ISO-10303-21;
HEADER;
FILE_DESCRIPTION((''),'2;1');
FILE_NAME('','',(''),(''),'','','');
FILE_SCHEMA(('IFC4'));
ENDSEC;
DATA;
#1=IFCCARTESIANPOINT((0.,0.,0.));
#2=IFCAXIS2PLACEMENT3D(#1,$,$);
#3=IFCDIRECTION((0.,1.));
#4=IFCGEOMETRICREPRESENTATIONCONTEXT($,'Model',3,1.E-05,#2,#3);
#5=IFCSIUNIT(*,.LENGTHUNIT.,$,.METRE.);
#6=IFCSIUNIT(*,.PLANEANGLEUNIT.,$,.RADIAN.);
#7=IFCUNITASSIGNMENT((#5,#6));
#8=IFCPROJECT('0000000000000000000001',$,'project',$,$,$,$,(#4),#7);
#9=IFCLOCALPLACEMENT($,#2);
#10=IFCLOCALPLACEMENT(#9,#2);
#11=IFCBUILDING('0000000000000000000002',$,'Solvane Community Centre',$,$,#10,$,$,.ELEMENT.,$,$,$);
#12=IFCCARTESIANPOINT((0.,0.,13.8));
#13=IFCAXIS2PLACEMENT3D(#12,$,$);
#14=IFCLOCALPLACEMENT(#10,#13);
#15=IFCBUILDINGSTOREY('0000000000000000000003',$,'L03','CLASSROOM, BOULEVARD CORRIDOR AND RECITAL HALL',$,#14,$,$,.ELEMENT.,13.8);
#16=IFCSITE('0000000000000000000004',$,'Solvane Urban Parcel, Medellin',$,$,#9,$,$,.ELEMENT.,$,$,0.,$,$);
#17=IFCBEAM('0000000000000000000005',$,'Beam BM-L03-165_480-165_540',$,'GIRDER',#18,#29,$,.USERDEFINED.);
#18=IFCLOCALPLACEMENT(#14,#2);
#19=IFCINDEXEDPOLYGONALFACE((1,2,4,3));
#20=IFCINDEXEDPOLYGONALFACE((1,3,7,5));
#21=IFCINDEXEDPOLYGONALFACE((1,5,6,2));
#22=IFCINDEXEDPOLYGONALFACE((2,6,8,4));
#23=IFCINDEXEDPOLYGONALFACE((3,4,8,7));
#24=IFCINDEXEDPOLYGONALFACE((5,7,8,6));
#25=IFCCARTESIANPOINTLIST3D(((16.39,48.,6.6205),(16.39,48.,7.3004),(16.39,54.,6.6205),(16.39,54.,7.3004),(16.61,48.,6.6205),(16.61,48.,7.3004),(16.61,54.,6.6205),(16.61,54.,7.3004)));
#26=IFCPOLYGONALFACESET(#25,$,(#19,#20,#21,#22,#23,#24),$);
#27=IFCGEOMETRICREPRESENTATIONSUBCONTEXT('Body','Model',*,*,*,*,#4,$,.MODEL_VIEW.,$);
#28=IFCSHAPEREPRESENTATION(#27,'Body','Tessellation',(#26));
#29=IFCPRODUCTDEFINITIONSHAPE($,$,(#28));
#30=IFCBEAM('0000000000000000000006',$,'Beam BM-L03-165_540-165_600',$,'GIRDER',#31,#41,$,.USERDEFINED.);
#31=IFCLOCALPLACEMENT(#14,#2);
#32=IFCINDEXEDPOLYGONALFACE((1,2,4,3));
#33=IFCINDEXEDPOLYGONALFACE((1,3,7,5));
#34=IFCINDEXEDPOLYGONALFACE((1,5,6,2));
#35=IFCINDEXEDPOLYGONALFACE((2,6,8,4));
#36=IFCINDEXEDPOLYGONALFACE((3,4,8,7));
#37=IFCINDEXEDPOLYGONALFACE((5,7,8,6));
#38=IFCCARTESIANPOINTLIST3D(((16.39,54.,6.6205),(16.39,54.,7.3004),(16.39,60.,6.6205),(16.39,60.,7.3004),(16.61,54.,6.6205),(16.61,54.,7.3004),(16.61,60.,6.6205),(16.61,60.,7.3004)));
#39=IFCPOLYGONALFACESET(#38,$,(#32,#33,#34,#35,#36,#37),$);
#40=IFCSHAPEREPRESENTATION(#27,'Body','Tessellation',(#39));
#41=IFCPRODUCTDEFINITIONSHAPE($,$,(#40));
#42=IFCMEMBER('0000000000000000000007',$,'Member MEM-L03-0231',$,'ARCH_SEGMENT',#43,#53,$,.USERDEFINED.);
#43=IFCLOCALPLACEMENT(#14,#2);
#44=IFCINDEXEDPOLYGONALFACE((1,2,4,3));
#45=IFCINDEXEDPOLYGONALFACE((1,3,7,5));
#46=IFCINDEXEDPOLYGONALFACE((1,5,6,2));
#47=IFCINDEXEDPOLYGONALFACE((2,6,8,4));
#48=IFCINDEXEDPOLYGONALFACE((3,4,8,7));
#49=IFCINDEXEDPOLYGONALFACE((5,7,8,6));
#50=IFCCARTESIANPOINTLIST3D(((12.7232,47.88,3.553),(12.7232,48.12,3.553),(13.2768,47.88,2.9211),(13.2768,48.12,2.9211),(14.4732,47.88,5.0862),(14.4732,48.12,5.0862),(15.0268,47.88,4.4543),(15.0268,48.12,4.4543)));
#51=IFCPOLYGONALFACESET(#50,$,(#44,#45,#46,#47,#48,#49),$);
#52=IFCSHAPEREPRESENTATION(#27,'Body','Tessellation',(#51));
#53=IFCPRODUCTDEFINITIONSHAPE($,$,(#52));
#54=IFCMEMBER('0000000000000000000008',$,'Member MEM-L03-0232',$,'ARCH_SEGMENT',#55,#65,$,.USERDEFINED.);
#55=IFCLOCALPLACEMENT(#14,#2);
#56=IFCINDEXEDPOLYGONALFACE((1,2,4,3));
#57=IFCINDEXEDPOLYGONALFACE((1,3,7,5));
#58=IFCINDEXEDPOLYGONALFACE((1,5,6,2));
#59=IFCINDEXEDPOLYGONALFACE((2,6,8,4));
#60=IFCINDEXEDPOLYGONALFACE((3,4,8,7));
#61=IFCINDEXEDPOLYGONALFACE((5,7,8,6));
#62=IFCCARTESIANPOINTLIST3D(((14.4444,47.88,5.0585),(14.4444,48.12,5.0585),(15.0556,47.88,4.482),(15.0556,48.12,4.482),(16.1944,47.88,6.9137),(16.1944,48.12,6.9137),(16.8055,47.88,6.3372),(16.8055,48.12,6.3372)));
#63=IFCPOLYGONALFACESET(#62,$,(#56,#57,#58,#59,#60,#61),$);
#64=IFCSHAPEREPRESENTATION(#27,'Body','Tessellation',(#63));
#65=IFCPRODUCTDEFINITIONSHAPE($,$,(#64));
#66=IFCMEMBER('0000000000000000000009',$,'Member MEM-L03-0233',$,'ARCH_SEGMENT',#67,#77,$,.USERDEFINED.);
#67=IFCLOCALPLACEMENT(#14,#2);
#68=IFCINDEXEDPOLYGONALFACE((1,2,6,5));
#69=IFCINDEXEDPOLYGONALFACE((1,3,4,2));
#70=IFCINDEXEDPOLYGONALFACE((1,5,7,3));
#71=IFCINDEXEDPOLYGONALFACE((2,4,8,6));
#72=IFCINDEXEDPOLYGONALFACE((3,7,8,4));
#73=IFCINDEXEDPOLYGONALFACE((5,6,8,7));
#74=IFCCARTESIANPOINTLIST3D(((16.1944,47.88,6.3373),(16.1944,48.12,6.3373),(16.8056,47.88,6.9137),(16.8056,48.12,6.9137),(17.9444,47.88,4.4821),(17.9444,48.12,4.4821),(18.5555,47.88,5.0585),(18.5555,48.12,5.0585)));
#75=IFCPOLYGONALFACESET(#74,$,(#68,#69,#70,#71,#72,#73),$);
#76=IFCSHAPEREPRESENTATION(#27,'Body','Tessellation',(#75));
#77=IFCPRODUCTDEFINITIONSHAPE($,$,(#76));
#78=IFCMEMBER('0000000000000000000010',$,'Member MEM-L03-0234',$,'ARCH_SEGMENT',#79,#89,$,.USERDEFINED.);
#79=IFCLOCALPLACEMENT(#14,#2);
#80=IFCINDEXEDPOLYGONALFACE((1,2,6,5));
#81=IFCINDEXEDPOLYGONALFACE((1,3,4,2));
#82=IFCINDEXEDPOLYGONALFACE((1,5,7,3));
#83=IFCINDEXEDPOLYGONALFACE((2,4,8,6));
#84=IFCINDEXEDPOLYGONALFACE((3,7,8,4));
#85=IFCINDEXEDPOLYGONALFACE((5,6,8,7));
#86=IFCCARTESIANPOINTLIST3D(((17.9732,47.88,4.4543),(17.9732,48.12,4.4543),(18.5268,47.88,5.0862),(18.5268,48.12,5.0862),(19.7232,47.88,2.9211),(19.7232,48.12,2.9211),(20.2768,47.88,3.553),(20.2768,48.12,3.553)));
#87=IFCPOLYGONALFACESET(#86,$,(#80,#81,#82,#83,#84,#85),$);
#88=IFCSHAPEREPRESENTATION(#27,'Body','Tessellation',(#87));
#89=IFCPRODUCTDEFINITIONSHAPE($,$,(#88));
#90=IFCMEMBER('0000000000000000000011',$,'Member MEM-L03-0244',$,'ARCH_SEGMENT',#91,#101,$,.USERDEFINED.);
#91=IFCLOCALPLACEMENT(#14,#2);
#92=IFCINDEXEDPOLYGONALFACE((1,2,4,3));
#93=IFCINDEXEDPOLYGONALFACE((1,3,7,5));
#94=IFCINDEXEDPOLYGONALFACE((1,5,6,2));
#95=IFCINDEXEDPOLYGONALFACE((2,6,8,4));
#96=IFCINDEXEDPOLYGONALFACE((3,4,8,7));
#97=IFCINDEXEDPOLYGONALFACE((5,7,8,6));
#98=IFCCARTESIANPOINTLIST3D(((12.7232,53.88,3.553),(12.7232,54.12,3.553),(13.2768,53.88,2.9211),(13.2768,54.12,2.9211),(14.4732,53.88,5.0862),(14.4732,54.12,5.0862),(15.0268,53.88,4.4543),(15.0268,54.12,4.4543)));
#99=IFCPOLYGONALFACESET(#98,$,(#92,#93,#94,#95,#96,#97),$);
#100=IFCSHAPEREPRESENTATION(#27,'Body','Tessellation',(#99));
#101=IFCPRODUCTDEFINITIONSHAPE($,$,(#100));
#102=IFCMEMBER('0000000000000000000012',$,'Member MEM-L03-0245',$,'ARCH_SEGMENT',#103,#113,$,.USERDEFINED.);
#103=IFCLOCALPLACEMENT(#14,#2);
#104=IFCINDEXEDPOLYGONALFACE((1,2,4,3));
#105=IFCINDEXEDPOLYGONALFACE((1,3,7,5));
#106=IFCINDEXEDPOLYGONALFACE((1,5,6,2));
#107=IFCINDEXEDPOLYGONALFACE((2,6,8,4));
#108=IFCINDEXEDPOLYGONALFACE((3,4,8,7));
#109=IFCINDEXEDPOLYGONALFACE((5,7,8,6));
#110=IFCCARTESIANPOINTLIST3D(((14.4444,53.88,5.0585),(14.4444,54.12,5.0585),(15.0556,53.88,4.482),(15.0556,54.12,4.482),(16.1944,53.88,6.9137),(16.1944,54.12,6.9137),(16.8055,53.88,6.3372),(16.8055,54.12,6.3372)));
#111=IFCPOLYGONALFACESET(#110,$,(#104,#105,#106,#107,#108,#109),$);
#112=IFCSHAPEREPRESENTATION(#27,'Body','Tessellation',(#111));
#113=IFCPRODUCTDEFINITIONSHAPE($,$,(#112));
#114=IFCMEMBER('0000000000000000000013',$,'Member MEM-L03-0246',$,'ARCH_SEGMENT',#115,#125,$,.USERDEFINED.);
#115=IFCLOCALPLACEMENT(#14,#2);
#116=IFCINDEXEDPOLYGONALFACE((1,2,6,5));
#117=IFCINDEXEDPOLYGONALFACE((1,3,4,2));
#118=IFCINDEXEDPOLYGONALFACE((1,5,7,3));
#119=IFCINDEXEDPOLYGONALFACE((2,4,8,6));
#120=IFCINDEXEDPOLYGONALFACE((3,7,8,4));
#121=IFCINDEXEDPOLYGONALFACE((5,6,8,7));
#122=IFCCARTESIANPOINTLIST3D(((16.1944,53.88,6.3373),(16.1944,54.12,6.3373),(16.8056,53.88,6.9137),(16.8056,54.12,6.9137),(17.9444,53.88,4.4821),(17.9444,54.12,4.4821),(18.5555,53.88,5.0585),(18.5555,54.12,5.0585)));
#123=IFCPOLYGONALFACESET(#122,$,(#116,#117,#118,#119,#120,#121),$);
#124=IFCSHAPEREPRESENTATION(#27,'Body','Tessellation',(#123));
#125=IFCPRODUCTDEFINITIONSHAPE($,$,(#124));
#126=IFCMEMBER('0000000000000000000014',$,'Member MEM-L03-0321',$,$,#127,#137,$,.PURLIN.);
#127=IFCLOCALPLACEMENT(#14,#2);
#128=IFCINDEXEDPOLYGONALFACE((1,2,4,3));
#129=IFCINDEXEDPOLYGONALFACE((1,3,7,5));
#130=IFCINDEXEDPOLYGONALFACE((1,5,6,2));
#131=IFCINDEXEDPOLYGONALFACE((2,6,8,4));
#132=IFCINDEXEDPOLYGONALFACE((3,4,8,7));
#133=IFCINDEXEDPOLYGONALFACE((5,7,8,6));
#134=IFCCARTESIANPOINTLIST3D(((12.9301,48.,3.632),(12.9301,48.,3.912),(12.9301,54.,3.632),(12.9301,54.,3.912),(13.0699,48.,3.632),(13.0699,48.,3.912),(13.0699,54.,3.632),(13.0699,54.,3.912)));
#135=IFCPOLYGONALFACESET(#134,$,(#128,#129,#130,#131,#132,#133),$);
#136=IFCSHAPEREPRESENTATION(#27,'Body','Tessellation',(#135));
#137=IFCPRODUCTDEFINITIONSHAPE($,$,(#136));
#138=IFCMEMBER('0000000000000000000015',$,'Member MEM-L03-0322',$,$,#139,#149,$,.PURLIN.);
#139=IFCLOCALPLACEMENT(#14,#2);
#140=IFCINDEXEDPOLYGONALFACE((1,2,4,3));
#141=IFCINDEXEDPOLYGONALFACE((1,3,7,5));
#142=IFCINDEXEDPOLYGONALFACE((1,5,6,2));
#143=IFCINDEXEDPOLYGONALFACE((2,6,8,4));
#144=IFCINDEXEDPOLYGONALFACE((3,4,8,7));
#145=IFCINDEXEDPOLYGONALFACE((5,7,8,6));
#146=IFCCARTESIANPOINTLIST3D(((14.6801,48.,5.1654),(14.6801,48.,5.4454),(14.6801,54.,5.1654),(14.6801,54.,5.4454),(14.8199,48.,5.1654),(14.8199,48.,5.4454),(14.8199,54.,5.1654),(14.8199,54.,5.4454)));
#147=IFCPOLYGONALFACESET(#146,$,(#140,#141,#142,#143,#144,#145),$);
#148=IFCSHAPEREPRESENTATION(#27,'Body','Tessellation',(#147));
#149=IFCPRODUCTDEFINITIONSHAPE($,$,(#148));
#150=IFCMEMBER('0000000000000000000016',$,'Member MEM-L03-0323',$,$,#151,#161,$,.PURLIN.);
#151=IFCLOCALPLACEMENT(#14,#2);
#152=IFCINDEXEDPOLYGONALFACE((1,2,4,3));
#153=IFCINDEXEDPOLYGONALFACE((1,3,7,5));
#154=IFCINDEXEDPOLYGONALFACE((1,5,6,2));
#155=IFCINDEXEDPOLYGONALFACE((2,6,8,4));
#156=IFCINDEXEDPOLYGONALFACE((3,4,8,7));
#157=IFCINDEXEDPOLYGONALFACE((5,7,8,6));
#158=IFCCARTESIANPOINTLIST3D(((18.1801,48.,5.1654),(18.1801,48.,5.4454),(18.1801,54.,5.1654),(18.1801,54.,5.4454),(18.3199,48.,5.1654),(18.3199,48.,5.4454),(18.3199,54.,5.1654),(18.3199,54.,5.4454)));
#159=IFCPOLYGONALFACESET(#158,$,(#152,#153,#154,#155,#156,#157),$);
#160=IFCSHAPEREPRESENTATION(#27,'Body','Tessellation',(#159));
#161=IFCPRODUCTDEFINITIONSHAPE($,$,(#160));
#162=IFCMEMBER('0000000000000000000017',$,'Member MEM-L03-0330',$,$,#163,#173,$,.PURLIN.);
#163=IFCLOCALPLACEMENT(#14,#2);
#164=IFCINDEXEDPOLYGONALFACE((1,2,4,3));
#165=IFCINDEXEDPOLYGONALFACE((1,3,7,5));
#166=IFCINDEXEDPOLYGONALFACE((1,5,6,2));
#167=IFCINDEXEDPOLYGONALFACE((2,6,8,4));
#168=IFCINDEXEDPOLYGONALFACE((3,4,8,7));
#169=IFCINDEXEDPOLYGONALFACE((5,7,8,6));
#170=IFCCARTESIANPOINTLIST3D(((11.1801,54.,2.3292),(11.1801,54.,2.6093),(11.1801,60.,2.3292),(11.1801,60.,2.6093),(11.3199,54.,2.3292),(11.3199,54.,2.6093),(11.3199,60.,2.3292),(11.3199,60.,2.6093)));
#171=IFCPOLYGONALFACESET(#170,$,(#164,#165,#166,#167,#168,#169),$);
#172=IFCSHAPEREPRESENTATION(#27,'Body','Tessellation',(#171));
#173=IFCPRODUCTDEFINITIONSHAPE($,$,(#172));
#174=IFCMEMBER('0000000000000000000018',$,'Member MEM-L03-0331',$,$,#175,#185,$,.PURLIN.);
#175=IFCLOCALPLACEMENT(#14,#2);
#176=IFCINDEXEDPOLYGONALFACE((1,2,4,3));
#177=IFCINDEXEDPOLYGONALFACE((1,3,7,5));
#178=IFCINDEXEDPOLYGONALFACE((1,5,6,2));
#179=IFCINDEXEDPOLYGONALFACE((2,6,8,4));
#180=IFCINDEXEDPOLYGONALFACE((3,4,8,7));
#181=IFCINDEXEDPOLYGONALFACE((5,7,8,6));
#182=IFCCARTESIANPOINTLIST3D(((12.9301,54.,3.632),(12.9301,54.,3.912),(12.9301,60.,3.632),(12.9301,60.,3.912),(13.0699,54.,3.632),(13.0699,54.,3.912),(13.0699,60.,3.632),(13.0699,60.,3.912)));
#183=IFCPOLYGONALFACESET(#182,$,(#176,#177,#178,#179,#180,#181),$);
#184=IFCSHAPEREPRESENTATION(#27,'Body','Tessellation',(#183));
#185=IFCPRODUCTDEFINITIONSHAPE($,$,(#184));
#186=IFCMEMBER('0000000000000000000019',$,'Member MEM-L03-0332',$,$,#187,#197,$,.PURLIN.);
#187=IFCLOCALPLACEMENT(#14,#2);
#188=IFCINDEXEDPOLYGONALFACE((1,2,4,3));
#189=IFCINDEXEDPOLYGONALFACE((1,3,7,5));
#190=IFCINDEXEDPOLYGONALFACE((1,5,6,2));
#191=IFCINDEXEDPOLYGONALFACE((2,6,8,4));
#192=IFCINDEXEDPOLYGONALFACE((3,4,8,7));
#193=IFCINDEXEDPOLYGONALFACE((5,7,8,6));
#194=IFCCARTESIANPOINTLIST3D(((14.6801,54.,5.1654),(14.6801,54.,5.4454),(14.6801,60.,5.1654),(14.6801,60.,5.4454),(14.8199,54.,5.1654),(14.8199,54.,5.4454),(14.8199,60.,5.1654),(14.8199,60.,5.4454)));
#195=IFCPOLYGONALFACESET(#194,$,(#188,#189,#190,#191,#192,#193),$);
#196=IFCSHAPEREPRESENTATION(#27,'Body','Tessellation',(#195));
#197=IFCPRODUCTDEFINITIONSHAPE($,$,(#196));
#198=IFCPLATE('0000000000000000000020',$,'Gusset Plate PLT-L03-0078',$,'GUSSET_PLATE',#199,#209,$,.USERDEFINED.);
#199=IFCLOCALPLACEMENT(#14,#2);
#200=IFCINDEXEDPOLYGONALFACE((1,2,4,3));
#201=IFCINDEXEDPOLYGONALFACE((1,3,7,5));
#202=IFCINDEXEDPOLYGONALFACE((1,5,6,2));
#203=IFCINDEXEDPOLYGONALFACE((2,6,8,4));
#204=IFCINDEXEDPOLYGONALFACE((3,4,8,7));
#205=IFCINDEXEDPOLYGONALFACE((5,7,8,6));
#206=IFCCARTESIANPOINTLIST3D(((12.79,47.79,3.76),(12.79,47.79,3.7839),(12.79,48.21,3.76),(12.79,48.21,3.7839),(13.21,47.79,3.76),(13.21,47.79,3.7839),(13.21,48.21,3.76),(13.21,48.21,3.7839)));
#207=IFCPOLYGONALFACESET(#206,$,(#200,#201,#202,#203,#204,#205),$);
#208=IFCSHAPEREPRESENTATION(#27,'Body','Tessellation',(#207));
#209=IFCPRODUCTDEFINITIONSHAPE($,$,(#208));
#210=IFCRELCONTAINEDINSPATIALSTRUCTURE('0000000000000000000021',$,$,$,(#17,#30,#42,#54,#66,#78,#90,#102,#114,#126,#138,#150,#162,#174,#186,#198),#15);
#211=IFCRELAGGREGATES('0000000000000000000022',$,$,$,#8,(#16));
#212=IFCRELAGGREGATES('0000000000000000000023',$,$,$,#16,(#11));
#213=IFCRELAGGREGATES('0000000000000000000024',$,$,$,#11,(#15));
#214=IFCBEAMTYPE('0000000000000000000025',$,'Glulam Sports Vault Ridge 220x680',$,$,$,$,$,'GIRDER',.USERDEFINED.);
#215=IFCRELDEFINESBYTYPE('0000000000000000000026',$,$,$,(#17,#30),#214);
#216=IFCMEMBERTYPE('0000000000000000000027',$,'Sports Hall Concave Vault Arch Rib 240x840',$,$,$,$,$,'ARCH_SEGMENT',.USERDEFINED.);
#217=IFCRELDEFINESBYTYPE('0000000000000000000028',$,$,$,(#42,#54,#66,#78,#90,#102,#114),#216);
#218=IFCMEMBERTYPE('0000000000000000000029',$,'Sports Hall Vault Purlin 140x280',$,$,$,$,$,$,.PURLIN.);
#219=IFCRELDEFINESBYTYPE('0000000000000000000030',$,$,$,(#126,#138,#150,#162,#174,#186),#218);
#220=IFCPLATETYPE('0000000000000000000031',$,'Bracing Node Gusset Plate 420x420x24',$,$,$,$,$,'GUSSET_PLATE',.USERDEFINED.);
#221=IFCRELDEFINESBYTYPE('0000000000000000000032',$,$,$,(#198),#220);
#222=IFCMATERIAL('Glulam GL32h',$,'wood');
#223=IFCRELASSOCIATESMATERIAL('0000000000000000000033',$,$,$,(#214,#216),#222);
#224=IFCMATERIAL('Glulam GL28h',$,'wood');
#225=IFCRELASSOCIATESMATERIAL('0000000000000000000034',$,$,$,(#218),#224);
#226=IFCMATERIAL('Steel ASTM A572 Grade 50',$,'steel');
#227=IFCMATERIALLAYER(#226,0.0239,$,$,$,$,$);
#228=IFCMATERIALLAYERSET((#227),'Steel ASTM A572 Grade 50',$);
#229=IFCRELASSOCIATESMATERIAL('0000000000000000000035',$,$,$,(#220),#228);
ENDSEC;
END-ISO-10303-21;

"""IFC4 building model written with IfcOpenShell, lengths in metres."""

from ifc_helpers import new_model, si_unit, direction, frame, origin, origin_2d, place, context, subcontext, project, spatial, rectangle, extrude, material, layer, layer_set, material_profile, profile_set, type_object, element, save


model = new_model("IFC4")

# Units and contexts
model_context = context("Model", 3, precision=1e-05, world=origin(), true_north=direction((0.0, 1.0)))
body_context = subcontext(model_context, "Body", "Model", "MODEL_VIEW")
ifc_project = project(units=[si_unit("LENGTHUNIT", "METRE"), si_unit("PLANEANGLEUNIT", "RADIAN")], contexts=[model_context])

# Site, building, storey
site_placement = place(None, origin())
site = spatial("IfcSite", under=ifc_project, at=site_placement, Name="Solvane Urban Parcel, Medellin", CompositionType="ELEMENT", RefElevation=0.0)
building_placement = place(site_placement, origin())
building = spatial("IfcBuilding", under=site, at=building_placement, Name="Solvane Community Centre", CompositionType="ELEMENT")
storey_placement = place(building_placement, frame((0.0, 0.0, 13.8)))
storey = spatial("IfcBuildingStorey", under=building, at=storey_placement, Name="L03", Description="CLASSROOM, BOULEVARD CORRIDOR AND RECITAL HALL", CompositionType="ELEMENT", Elevation=13.8)

# Beams
ifc_material_1 = material(Name="Glulam GL32h", Category="wood")
ifc_material_profile_1 = material_profile(ifc_material_1, rectangle(XDim=0.22, YDim=0.6799, at=origin_2d()), Name="GL32h 220x680")
ifc_profile_set_1 = profile_set([ifc_material_profile_1], Name="Glulam GL32h")
beam_type = type_object("IfcBeamType", Name="Glulam Sports Vault Ridge 220x680", ElementType="GIRDER", PredefinedType="USERDEFINED", material=ifc_profile_set_1)
for number, where, z_axis, x_axis, name in (
    (1, (16.5, 48.0, 6.9604), (0.0, 1.0, 0.0), (-1.0, 0.0, 0.0), "Beam BM-L03-165_480-165_540"),
    (2, (16.5, 54.0, 6.9604), (0.0, 1.0, 0.0), (-1.0, 0.0, 0.0), "Beam BM-L03-165_540-165_600"),
):
    element("IfcBeam", number, at=place(storey_placement, frame(where, z_axis=z_axis, x_axis=x_axis)), inside=storey, type_object=beam_type, Name=name, ObjectType="GIRDER", PredefinedType="USERDEFINED", context=body_context, shape_type="SweptSolid", body=[
        extrude(rectangle(XDim=0.22, YDim=0.6799, at=origin_2d()), origin(), (0.0, 0.0, 1.0), 6.0),
    ])

# Members
ifc_material_profile_2 = material_profile(ifc_material_1, rectangle(XDim=0.24, YDim=0.8401, at=origin_2d()), Name="GL32h 240x840")
ifc_profile_set_2 = profile_set([ifc_material_profile_2], Name="Glulam GL32h")
member_type_1 = type_object("IfcMemberType", Name="Sports Hall Concave Vault Arch Rib 240x840", ElementType="ARCH_SEGMENT", PredefinedType="USERDEFINED", material=ifc_profile_set_2)
member_placement = place(storey_placement, frame((13.0, 48.0, 3.2371), z_axis=(0.752161, 0.0, 0.65898), x_axis=(0.0, 1.0, 0.0)))
element("IfcMember", 3, at=member_placement, inside=storey, type_object=member_type_1, Name="Member MEM-L03-0231", ObjectType="ARCH_SEGMENT", PredefinedType="USERDEFINED", context=body_context, shape_type="SweptSolid", body=[
    extrude(rectangle(XDim=0.24, YDim=0.8401, at=origin_2d()), origin(), (0.0, 0.0, 1.0), 2.3267),
])
for number, where, z_axis, x_axis, name in (
    (4, (14.75, 48.0, 4.7703), (0.686176, 0.0, 0.727435), (0.0, 1.0, 0.0), "Member MEM-L03-0232"),
    (5, (16.5, 48.0, 6.6255), (0.686176, 0.0, -0.727435), (0.0, 1.0, 0.0), "Member MEM-L03-0233"),
):
    element("IfcMember", number, at=place(storey_placement, frame(where, z_axis=z_axis, x_axis=x_axis)), inside=storey, type_object=member_type_1, Name=name, ObjectType="ARCH_SEGMENT", PredefinedType="USERDEFINED", context=body_context, shape_type="SweptSolid", body=[
        extrude(rectangle(XDim=0.24, YDim=0.8401, at=origin_2d()), origin(), (0.0, 0.0, 1.0), 2.5503),
    ])
for number, where, z_axis, x_axis, name in (
    (6, (18.25, 48.0, 4.7703), (0.752161, 0.0, -0.65898), (0.0, 1.0, 0.0), "Member MEM-L03-0234"),
    (7, (13.0, 54.0, 3.2371), (0.752161, 0.0, 0.65898), (0.0, 1.0, 0.0), "Member MEM-L03-0244"),
):
    element("IfcMember", number, at=place(storey_placement, frame(where, z_axis=z_axis, x_axis=x_axis)), inside=storey, type_object=member_type_1, Name=name, ObjectType="ARCH_SEGMENT", PredefinedType="USERDEFINED", context=body_context, shape_type="SweptSolid", body=[
        extrude(rectangle(XDim=0.24, YDim=0.8401, at=origin_2d()), origin(), (0.0, 0.0, 1.0), 2.3267),
    ])
for number, where, z_axis, x_axis, name in (
    (8, (14.75, 54.0, 4.7703), (0.686176, 0.0, 0.727435), (0.0, 1.0, 0.0), "Member MEM-L03-0245"),
    (9, (16.5, 54.0, 6.6255), (0.686176, 0.0, -0.727435), (0.0, 1.0, 0.0), "Member MEM-L03-0246"),
):
    element("IfcMember", number, at=place(storey_placement, frame(where, z_axis=z_axis, x_axis=x_axis)), inside=storey, type_object=member_type_1, Name=name, ObjectType="ARCH_SEGMENT", PredefinedType="USERDEFINED", context=body_context, shape_type="SweptSolid", body=[
        extrude(rectangle(XDim=0.24, YDim=0.8401, at=origin_2d()), origin(), (0.0, 0.0, 1.0), 2.5503),
    ])
ifc_material_2 = material(Name="Glulam GL28h", Category="wood")
ifc_material_profile_3 = material_profile(ifc_material_2, rectangle(XDim=0.1399, YDim=0.28, at=origin_2d()), Name="GL28h 140x280")
ifc_profile_set_3 = profile_set([ifc_material_profile_3], Name="Glulam GL28h")
member_type_2 = type_object("IfcMemberType", Name="Sports Hall Vault Purlin 140x280", PredefinedType="PURLIN", material=ifc_profile_set_3)
for number, where, z_axis, x_axis, name in (
    (10, (13.0, 48.0, 3.772), (0.0, 1.0, 0.0), (-1.0, 0.0, 0.0), "Member MEM-L03-0321"),
    (11, (14.75, 48.0, 5.3054), (0.0, 1.0, 0.0), (-1.0, 0.0, 0.0), "Member MEM-L03-0322"),
    (12, (18.25, 48.0, 5.3054), (0.0, 1.0, 0.0), (-1.0, 0.0, 0.0), "Member MEM-L03-0323"),
    (13, (11.25, 54.0, 2.4692), (0.0, 1.0, 0.0), (-1.0, 0.0, 0.0), "Member MEM-L03-0330"),
    (14, (13.0, 54.0, 3.772), (0.0, 1.0, 0.0), (-1.0, 0.0, 0.0), "Member MEM-L03-0331"),
    (15, (14.75, 54.0, 5.3054), (0.0, 1.0, 0.0), (-1.0, 0.0, 0.0), "Member MEM-L03-0332"),
):
    element("IfcMember", number, at=place(storey_placement, frame(where, z_axis=z_axis, x_axis=x_axis)), inside=storey, type_object=member_type_2, Name=name, PredefinedType="PURLIN", context=body_context, shape_type="SweptSolid", body=[
        extrude(rectangle(XDim=0.1399, YDim=0.28, at=origin_2d()), origin(), (0.0, 0.0, 1.0), 6.0),
    ])

# Plate
ifc_material_3 = material(Name="Steel ASTM A572 Grade 50", Category="steel")
ifc_layer_1 = layer(ifc_material_3, 0.0239)
ifc_layer_set_1 = layer_set([ifc_layer_1], Name="Steel ASTM A572 Grade 50")
plate_type_1 = type_object("IfcPlateType", Name="Bracing Node Gusset Plate 420x420x24", ElementType="GUSSET_PLATE", PredefinedType="USERDEFINED", material=ifc_layer_set_1)
plate_placement = place(storey_placement, frame((13.0, 48.0, 3.76), z_axis=(0.0, 0.0, 1.0), x_axis=(1.0, 0.0, 0.0)))
element("IfcPlate", 16, at=plate_placement, inside=storey, type_object=plate_type_1, Name="Gusset Plate PLT-L03-0078", ObjectType="GUSSET_PLATE", PredefinedType="USERDEFINED", context=body_context, shape_type="SweptSolid", body=[
    extrude(rectangle(XDim=0.4199, YDim=0.4199, at=origin_2d()), origin(), (0.0, 0.0, 1.0), 0.0239),
])

save(model, "model.ifc")
